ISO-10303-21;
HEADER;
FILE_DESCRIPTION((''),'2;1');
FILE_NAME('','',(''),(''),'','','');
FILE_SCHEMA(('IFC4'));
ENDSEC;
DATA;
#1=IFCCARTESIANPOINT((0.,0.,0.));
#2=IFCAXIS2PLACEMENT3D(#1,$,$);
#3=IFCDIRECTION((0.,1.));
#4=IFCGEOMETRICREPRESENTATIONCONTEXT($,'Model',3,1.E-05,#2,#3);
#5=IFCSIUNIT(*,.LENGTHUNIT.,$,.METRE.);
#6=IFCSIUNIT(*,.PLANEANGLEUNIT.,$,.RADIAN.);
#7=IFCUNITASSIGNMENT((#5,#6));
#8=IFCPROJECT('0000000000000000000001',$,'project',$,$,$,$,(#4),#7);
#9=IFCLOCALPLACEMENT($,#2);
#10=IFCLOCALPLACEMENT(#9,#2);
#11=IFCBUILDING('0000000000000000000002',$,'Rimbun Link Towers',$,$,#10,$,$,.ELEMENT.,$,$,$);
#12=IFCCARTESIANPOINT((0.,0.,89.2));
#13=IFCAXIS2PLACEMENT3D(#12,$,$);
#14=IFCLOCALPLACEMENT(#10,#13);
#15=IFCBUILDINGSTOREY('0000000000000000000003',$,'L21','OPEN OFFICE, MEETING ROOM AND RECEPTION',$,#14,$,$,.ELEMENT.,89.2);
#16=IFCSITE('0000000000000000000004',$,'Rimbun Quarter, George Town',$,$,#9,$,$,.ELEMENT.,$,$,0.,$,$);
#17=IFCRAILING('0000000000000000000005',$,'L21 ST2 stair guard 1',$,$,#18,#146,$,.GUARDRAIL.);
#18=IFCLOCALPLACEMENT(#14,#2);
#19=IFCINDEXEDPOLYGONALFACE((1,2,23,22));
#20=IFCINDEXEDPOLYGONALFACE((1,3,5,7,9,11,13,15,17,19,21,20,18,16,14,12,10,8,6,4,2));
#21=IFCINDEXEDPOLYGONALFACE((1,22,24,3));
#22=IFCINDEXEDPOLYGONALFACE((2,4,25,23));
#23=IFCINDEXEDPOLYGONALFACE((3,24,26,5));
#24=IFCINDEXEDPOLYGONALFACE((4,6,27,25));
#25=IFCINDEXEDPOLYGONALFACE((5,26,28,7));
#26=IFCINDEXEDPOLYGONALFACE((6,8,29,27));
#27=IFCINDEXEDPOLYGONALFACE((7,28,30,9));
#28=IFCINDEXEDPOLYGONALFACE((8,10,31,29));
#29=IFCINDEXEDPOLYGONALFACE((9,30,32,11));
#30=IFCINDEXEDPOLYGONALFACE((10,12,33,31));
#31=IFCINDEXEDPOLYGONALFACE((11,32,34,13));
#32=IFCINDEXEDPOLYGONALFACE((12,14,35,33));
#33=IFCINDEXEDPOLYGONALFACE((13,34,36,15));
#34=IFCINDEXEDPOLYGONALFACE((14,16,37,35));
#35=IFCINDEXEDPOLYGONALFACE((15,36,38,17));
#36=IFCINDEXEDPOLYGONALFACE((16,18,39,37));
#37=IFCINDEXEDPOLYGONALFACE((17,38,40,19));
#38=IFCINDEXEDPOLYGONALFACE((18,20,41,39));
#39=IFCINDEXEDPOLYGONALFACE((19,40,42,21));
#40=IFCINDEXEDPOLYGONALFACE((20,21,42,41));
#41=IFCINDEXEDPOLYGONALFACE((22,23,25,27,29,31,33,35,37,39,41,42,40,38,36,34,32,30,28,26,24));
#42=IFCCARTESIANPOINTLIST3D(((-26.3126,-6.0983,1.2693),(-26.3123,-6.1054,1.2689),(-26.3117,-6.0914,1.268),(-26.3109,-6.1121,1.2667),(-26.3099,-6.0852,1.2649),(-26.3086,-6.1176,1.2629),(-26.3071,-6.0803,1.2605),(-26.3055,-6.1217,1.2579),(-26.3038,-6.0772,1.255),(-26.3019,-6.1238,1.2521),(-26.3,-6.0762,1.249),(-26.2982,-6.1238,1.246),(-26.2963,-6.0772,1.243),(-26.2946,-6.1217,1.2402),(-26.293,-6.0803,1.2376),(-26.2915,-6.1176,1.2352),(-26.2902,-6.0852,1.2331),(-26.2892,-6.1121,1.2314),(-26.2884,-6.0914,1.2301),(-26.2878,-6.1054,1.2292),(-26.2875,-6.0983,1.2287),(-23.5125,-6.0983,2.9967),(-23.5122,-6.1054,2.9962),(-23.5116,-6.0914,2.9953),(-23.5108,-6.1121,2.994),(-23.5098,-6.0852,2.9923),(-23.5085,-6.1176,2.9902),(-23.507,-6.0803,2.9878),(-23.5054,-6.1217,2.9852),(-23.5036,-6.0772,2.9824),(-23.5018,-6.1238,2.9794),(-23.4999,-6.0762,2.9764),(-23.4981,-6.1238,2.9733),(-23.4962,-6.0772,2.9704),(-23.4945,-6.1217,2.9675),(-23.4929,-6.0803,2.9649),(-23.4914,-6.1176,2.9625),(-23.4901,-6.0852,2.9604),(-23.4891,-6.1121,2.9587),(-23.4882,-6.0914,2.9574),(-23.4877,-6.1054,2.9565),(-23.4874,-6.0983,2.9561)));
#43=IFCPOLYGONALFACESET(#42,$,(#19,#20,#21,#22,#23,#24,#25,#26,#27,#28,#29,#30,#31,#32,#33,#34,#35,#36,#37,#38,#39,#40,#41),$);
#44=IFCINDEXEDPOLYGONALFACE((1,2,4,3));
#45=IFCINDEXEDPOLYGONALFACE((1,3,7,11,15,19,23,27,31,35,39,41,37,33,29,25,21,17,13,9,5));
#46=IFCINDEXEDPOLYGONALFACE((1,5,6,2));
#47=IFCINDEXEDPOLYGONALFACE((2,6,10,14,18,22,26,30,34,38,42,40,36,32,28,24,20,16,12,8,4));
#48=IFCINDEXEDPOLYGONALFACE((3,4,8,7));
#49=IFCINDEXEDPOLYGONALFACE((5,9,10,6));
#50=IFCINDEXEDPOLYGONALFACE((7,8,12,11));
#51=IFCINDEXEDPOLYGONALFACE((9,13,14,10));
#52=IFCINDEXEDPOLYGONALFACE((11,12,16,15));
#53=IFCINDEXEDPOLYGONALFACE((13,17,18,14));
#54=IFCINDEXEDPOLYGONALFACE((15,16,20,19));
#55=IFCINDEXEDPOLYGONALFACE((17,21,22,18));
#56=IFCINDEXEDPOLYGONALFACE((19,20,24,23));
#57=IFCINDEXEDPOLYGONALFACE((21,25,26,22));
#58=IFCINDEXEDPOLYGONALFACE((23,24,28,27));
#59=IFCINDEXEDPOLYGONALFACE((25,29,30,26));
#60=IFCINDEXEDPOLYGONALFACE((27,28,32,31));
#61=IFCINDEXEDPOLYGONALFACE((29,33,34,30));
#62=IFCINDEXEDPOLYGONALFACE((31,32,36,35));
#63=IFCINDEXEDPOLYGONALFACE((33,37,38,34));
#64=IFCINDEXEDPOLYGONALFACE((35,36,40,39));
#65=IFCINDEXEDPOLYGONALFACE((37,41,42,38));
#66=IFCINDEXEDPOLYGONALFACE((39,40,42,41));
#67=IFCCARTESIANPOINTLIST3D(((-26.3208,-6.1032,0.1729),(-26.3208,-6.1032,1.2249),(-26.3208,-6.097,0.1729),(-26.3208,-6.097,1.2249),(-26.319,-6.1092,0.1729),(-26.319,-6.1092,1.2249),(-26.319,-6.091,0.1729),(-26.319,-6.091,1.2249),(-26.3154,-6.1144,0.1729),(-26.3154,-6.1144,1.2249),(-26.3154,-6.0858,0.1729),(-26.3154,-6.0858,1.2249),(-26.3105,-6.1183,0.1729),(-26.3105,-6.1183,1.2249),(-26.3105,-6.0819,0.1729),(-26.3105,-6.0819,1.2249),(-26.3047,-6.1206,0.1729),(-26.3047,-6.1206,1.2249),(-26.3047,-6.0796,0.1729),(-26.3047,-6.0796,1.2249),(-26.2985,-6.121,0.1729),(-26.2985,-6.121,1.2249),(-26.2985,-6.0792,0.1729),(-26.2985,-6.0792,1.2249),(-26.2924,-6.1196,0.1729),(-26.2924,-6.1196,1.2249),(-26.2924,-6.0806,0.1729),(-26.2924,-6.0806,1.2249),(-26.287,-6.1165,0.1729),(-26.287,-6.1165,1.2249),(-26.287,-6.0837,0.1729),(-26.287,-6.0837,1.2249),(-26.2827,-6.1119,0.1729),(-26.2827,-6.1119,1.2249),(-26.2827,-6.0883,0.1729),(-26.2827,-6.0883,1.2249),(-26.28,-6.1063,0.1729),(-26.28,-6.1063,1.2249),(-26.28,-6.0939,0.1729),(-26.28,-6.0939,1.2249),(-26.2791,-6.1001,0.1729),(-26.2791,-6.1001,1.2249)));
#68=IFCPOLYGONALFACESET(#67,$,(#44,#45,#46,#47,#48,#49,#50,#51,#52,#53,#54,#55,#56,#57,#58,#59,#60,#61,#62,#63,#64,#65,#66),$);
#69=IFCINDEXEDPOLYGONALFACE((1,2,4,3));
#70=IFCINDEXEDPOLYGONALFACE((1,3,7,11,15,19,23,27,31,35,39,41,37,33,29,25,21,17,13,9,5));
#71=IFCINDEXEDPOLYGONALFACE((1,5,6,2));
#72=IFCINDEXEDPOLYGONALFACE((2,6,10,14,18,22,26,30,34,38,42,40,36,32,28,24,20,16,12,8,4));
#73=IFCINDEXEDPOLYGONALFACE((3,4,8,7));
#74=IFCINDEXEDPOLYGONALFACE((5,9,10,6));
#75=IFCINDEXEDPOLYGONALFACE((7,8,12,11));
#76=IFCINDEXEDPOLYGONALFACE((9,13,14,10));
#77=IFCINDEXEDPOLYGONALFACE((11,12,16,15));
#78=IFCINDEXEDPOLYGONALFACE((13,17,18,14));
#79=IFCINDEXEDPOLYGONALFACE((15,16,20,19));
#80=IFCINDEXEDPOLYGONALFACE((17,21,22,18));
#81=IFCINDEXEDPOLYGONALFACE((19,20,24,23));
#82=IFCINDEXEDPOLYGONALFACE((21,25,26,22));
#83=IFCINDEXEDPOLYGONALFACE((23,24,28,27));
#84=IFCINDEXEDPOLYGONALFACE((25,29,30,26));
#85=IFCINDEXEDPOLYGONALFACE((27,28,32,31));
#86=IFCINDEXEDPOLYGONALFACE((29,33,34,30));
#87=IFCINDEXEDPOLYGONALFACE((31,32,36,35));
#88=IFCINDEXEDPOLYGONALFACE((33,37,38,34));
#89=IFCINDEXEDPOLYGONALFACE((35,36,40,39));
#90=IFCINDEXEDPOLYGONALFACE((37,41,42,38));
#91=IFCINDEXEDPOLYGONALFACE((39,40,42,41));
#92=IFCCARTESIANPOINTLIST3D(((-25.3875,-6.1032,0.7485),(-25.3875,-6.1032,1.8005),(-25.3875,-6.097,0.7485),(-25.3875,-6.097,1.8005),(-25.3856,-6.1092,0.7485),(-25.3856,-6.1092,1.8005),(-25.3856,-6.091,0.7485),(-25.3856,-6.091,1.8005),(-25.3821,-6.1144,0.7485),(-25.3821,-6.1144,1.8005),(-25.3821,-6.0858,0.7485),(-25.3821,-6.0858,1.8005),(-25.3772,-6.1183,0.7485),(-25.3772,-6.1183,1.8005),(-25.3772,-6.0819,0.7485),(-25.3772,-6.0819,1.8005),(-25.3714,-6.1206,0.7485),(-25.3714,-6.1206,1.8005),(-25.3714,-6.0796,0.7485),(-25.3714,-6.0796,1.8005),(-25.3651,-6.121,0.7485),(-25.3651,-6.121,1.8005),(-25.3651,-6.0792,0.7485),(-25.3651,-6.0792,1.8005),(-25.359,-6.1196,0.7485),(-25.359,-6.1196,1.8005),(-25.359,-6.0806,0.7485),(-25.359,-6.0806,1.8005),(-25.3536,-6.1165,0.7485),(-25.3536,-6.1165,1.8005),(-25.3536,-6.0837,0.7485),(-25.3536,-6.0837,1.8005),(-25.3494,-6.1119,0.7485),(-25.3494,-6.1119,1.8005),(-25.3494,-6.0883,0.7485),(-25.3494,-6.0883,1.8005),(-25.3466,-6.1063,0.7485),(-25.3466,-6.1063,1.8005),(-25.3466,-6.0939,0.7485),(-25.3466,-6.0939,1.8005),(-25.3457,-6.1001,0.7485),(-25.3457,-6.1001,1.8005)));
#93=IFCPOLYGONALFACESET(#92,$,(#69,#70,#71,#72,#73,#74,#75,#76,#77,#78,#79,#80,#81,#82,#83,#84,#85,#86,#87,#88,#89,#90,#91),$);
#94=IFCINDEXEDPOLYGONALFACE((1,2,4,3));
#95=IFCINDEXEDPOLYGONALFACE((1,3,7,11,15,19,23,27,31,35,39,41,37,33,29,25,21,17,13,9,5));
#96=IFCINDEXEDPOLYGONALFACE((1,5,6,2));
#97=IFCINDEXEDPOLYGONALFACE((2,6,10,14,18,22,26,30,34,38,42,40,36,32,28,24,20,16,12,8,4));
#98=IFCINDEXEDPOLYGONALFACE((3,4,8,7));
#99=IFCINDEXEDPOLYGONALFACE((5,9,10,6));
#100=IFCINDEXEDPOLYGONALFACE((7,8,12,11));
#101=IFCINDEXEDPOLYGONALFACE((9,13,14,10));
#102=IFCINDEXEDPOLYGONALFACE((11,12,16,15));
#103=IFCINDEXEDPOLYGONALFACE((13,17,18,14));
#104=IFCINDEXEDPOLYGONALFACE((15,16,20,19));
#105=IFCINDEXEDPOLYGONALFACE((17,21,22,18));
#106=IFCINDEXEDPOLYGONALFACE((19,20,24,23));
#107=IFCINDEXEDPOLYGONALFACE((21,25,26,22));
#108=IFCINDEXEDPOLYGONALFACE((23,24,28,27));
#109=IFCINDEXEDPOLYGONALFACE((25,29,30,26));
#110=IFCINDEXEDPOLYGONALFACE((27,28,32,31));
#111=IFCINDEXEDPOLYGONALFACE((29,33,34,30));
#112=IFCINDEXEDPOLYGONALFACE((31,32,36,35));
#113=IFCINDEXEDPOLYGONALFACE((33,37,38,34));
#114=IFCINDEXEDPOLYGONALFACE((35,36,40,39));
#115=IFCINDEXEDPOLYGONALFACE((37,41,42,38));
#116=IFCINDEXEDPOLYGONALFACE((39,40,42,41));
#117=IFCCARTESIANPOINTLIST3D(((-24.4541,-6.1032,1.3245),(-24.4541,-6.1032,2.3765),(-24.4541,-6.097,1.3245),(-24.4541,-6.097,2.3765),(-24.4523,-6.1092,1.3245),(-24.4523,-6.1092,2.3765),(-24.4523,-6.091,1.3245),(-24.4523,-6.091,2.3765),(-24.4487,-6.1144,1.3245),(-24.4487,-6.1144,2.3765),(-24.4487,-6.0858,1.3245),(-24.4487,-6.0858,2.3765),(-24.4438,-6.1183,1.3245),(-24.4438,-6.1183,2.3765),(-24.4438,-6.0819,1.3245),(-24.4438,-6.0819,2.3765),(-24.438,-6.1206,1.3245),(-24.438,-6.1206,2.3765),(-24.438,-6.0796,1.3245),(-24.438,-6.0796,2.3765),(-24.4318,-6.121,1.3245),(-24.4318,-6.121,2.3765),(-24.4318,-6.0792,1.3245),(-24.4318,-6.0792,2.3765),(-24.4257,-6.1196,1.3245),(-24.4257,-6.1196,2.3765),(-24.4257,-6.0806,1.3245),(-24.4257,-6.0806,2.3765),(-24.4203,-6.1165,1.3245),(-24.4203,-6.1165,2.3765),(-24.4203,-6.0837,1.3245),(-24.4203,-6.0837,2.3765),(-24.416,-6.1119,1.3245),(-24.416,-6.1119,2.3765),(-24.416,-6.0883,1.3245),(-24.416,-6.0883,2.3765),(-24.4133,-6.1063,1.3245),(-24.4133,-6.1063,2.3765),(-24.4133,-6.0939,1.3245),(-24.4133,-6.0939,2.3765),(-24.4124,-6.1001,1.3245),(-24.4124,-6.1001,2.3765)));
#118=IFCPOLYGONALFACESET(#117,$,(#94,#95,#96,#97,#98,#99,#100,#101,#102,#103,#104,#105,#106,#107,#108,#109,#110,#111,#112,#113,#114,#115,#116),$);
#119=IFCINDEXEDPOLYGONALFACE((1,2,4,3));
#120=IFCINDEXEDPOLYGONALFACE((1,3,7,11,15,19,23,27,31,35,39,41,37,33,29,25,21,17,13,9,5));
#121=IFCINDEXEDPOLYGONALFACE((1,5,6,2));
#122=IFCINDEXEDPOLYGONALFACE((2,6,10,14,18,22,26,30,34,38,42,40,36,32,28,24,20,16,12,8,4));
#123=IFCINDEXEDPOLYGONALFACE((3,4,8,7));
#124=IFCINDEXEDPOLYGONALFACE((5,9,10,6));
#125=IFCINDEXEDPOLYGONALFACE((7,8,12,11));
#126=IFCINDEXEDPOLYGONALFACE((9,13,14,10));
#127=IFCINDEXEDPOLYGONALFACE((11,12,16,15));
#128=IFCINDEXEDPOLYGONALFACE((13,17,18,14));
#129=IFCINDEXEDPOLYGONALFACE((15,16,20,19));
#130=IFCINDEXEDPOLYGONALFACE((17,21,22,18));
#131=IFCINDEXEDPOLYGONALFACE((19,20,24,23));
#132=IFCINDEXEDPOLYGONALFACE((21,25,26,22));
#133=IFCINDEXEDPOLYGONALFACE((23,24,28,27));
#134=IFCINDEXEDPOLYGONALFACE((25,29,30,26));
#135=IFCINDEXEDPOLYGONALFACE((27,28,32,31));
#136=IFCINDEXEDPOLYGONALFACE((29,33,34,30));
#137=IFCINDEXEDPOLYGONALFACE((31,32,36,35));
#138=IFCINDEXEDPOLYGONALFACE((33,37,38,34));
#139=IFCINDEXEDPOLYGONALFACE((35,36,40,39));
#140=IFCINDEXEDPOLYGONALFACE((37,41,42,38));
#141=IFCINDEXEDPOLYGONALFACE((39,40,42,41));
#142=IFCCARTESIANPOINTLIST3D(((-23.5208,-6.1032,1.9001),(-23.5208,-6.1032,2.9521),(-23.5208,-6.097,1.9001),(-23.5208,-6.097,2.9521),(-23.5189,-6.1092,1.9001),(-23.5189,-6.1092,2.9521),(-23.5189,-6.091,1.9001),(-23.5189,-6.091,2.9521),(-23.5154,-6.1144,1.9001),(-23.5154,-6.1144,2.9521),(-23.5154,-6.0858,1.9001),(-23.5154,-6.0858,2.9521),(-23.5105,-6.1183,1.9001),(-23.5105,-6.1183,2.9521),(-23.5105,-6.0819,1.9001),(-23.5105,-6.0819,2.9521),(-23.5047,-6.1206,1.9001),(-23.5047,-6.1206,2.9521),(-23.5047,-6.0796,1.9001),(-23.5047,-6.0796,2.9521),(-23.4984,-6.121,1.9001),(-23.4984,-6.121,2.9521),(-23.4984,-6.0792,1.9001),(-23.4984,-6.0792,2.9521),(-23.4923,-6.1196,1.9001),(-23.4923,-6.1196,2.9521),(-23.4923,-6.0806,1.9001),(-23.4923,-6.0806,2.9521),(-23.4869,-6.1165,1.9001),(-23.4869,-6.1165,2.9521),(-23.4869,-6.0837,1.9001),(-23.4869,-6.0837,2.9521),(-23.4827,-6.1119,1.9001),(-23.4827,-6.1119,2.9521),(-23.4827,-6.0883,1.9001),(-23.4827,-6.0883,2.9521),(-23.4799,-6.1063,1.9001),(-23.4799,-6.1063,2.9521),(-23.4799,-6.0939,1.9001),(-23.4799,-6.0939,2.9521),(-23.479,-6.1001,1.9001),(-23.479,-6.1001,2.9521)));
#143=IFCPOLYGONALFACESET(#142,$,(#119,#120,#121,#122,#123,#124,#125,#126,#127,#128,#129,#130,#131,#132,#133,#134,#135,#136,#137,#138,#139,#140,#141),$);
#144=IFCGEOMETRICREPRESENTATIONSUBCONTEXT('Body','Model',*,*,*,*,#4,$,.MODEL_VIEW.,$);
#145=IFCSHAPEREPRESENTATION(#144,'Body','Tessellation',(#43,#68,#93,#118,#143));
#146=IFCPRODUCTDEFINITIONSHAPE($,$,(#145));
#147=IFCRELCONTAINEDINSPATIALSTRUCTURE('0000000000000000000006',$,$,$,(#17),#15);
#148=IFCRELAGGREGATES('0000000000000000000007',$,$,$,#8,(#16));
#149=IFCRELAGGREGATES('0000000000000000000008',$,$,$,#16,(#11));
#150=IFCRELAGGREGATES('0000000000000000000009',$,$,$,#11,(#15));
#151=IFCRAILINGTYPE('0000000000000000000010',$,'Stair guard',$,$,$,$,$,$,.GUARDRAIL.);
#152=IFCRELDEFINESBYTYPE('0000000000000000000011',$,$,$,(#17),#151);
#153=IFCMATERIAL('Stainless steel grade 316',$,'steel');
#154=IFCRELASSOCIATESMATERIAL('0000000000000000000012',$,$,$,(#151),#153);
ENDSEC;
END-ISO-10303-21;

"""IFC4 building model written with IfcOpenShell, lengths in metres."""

from ifc_helpers import new_model, si_unit, direction, frame, origin, origin_2d, place, context, subcontext, project, spatial, circle, extrude, material, type_object, element, save


model = new_model("IFC4")

# Units and contexts
model_context = context("Model", 3, precision=1e-05, world=origin(), true_north=direction((0.0, 1.0)))
body_context = subcontext(model_context, "Body", "Model", "MODEL_VIEW")
ifc_project = project(units=[si_unit("LENGTHUNIT", "METRE"), si_unit("PLANEANGLEUNIT", "RADIAN")], contexts=[model_context])

# Site, building, storey
site_placement = place(None, origin())
site = spatial("IfcSite", under=ifc_project, at=site_placement, Name="Rimbun Quarter, George Town", CompositionType="ELEMENT", RefElevation=0.0)
building_placement = place(site_placement, origin())
building = spatial("IfcBuilding", under=site, at=building_placement, Name="Rimbun Link Towers", CompositionType="ELEMENT")
storey_placement = place(building_placement, frame((0.0, 0.0, 89.2)))
storey = spatial("IfcBuildingStorey", under=building, at=storey_placement, Name="L21", Description="OPEN OFFICE, MEETING ROOM AND RECEPTION", CompositionType="ELEMENT", Elevation=89.2)

# Railing
ifc_material_1 = material(Name="Stainless steel grade 316", Category="steel")
railing_type_1 = type_object("IfcRailingType", Name="Stair guard", PredefinedType="GUARDRAIL", material=ifc_material_1)
railing_1_placement = place(storey_placement, frame((-26.3, -6.1001, 0.1729)))
element("IfcRailing", 1, at=railing_1_placement, inside=storey, type_object=railing_type_1, Name="L21 ST2 stair guard 1", PredefinedType="GUARDRAIL", context=body_context, shape_type="SweptSolid", body=[
    extrude(circle(Radius=0.0239, at=origin_2d()), frame((0.0, 0.0, 1.0762), z_axis=(0.85109, 0.0, 0.52502), x_axis=(0.0, 1.0, 0.0)), (0.0, 0.0, 1.0), 3.29),
    extrude(circle(Radius=0.021, at=origin_2d()), origin(), (0.0, 0.0, 1.0), 1.052),
    extrude(circle(Radius=0.021, at=origin_2d()), frame((0.9333, 0.0, 0.5757)), (0.0, 0.0, 1.0), 1.052),
    extrude(circle(Radius=0.021, at=origin_2d()), frame((1.8667, 0.0, 1.1516)), (0.0, 0.0, 1.0), 1.052),
    extrude(circle(Radius=0.021, at=origin_2d()), frame((2.8, 0.0, 1.7273)), (0.0, 0.0, 1.0), 1.052),
])

save(model, "model.ifc")
